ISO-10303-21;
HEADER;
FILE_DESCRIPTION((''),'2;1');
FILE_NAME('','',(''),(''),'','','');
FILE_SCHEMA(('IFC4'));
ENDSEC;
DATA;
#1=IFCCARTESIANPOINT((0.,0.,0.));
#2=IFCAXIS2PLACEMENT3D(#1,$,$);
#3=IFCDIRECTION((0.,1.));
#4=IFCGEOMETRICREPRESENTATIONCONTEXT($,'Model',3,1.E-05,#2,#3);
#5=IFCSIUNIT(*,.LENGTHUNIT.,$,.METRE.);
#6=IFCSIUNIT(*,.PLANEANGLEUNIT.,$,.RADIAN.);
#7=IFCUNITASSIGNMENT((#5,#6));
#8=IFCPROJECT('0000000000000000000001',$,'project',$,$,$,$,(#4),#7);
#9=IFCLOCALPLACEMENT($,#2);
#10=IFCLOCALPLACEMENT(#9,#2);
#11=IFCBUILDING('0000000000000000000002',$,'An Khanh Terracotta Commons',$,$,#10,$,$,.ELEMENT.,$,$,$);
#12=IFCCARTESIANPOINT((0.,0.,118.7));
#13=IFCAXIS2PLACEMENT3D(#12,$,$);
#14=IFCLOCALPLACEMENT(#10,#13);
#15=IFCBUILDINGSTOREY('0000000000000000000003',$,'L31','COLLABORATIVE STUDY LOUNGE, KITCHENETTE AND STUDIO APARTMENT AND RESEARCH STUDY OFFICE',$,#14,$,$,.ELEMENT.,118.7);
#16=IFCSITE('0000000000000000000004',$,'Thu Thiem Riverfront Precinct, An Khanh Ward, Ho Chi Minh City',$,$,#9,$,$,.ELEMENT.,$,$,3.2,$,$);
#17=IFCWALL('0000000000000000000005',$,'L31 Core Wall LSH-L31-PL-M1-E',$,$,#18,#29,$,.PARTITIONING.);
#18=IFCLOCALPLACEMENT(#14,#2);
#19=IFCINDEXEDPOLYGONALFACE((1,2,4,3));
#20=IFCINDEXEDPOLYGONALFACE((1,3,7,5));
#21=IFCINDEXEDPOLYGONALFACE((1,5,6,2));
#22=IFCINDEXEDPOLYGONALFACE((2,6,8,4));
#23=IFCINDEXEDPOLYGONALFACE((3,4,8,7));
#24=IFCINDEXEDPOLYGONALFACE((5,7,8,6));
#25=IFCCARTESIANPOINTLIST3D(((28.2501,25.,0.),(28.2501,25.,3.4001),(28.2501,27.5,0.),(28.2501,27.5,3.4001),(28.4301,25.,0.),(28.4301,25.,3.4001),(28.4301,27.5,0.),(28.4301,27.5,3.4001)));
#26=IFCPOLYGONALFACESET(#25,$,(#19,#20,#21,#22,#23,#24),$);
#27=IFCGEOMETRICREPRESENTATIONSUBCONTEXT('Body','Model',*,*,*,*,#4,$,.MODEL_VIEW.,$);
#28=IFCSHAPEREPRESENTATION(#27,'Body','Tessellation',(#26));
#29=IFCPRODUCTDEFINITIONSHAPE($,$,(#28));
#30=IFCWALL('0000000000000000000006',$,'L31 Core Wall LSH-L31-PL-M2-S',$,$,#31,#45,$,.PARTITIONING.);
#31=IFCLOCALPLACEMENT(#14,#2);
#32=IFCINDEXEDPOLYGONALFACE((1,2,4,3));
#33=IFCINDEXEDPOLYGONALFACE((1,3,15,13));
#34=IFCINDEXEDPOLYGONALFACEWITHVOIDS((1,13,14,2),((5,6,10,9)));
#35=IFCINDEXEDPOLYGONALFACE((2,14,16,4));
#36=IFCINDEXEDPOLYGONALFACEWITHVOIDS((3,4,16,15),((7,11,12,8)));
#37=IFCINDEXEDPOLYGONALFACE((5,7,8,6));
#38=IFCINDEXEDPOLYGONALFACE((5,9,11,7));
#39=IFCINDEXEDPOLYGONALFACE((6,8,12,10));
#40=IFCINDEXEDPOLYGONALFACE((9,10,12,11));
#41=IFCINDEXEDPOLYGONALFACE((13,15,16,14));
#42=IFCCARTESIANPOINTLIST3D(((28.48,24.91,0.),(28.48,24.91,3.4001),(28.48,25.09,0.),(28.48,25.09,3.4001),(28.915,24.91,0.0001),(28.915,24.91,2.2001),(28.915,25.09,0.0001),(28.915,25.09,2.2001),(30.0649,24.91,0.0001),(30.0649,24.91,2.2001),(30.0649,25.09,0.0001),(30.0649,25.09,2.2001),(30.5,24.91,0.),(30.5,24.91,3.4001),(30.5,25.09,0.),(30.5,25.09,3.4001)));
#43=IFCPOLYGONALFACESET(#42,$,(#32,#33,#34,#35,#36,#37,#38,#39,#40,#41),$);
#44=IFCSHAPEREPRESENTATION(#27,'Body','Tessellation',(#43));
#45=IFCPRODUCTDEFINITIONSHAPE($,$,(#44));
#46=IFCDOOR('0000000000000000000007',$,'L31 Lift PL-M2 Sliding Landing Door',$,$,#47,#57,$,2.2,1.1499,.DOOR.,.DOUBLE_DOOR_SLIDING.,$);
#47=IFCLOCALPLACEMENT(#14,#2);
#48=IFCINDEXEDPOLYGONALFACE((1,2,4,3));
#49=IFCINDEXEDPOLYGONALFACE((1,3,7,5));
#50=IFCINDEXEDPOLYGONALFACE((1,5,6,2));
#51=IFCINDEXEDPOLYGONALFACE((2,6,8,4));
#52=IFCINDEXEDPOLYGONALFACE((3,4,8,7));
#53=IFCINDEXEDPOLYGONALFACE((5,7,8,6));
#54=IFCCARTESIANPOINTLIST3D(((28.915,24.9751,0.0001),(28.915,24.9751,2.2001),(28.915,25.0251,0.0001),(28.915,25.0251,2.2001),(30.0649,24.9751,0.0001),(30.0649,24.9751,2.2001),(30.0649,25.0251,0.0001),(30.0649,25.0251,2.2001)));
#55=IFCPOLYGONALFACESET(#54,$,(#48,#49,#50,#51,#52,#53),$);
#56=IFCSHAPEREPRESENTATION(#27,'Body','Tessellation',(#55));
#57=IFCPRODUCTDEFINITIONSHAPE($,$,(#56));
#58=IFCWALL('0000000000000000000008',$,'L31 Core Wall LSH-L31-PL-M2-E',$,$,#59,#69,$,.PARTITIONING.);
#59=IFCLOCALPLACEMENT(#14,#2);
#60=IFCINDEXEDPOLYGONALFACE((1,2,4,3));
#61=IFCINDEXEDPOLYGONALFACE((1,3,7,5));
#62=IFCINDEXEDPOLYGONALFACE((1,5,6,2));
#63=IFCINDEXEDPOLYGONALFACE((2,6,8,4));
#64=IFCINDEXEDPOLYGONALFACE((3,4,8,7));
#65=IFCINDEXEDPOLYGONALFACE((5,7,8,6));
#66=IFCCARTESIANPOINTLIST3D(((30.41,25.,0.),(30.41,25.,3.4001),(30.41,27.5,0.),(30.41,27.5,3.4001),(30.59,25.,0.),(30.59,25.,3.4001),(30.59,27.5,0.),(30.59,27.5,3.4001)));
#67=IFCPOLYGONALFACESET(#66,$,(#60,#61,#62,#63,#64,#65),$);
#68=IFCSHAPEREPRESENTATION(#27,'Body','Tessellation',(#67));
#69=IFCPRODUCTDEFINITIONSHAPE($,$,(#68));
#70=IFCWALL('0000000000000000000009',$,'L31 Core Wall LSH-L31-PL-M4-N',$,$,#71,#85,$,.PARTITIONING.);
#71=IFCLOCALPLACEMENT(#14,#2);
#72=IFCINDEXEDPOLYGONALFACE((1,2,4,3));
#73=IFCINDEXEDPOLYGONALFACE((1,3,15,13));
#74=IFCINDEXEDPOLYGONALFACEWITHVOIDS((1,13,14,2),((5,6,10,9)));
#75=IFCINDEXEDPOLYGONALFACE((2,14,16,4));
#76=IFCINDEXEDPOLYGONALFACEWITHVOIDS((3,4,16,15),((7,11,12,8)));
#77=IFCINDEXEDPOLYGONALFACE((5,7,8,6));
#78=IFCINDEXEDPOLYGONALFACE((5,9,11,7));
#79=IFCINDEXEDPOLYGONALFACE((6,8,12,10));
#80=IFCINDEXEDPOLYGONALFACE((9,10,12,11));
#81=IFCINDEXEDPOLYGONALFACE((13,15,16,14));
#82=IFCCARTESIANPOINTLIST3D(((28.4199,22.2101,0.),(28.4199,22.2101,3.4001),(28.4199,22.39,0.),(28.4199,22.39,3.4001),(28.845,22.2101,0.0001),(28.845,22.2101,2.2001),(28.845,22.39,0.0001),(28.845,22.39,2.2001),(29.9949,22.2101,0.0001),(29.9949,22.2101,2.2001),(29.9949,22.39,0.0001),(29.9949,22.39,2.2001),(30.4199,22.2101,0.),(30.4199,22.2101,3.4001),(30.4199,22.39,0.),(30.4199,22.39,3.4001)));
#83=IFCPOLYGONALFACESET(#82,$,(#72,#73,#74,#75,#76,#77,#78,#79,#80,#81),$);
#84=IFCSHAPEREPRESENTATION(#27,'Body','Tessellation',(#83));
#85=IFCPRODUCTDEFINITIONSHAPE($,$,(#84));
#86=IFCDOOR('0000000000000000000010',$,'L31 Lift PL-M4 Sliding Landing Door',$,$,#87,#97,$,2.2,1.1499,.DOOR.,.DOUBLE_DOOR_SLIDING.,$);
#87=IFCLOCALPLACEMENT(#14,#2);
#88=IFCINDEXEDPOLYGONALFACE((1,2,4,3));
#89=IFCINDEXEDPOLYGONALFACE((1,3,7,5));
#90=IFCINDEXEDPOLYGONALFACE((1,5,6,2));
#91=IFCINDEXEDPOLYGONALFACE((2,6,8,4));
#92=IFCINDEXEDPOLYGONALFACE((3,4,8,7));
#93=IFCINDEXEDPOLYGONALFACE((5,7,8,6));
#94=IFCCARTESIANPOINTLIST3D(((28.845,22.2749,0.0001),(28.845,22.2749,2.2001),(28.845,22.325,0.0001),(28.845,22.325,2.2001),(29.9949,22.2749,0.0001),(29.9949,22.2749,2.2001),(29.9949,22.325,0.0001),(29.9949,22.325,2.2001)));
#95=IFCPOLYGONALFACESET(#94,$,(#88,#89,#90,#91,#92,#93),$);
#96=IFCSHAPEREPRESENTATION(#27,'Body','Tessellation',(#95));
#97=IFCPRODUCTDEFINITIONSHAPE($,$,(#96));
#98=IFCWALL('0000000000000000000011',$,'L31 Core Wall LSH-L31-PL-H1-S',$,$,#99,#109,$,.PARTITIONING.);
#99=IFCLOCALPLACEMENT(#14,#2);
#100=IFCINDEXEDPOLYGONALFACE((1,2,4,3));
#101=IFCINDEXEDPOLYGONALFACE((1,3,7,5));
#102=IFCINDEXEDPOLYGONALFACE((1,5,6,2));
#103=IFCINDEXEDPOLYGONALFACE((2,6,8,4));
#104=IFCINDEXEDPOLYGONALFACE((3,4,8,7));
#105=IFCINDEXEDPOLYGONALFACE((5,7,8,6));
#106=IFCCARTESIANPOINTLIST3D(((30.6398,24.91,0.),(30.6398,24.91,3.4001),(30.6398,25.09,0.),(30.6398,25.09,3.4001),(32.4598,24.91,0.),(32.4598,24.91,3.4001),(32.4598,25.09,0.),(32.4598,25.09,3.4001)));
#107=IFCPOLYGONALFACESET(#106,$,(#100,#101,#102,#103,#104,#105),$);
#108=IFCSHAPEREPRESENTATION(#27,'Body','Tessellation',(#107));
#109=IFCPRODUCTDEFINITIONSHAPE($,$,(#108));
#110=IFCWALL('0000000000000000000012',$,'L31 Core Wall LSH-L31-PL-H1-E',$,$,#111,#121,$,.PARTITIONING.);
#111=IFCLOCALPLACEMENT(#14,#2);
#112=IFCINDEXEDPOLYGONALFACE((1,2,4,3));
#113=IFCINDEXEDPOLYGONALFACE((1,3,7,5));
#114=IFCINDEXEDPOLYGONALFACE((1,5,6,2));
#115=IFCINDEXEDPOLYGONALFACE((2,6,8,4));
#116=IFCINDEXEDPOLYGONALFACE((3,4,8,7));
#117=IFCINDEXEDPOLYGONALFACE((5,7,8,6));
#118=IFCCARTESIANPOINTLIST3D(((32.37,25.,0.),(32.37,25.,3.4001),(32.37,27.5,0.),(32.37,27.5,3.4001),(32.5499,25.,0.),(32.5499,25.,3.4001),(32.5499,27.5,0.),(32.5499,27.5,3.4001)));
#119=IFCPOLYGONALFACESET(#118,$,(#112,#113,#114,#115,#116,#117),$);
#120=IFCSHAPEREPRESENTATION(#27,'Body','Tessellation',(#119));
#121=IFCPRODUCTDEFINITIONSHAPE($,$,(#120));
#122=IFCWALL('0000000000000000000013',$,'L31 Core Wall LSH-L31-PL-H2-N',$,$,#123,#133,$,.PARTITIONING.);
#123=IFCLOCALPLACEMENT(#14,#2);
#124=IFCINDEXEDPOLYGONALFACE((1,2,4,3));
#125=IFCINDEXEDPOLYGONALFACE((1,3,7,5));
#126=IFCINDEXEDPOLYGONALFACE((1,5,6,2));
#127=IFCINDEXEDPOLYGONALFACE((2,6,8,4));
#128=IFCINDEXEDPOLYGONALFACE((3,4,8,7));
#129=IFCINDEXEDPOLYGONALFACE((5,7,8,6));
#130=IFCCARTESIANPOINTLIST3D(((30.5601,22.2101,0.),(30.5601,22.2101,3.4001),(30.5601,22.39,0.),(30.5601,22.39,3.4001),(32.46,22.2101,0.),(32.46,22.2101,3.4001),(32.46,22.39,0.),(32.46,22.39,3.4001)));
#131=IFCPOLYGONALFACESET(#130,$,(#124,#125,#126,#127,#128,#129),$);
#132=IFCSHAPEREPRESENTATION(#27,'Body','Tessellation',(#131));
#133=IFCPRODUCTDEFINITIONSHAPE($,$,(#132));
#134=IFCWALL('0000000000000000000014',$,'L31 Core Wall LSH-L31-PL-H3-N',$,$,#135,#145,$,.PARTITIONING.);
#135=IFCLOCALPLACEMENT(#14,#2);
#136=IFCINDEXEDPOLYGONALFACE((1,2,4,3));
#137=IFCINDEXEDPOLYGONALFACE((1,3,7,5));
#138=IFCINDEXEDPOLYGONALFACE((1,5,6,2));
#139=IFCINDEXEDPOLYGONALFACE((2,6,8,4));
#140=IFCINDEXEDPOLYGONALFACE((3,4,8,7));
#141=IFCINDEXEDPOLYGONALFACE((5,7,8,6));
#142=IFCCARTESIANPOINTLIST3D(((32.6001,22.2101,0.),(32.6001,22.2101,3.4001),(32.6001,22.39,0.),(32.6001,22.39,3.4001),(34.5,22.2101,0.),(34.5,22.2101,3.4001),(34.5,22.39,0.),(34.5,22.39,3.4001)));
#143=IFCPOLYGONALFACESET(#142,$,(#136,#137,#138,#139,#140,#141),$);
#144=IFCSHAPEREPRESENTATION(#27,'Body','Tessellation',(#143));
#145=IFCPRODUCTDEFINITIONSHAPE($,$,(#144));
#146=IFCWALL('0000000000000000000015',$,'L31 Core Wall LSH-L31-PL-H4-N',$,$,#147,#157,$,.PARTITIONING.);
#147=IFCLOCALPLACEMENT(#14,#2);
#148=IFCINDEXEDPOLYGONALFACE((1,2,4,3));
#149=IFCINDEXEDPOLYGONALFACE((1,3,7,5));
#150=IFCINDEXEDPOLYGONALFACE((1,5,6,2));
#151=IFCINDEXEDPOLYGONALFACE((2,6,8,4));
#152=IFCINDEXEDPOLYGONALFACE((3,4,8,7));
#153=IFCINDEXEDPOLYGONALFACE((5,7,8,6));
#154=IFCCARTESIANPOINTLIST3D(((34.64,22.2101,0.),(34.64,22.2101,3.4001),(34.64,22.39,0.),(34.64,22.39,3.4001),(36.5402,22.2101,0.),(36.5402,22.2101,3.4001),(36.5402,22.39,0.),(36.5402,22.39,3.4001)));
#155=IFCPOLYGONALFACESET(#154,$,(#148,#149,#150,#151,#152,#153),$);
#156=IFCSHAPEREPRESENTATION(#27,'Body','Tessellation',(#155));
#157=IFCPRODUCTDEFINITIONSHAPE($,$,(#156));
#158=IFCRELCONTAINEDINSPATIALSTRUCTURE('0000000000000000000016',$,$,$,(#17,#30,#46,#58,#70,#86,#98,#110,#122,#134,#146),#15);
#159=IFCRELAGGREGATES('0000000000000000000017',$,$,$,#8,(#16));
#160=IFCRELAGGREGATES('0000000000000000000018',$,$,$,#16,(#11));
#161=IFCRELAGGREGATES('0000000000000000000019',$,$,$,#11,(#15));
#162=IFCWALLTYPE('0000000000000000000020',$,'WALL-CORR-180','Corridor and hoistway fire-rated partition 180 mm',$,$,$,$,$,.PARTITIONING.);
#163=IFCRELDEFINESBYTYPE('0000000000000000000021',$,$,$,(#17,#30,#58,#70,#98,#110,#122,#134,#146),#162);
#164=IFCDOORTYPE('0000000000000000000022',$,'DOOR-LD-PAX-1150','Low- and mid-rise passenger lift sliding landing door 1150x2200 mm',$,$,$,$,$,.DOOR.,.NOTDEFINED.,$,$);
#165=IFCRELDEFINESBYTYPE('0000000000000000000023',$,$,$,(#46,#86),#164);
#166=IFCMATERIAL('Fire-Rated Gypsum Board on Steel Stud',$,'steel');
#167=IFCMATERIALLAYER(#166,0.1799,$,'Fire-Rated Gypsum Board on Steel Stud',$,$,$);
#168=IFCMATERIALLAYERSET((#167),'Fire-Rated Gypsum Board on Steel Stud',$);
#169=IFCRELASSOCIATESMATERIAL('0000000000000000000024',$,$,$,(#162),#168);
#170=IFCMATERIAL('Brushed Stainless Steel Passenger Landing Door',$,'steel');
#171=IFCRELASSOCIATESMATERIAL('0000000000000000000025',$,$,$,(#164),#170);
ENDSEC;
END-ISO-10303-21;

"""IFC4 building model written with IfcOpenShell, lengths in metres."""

from ifc_helpers import new_model, si_unit, direction, frame, frame_2d, origin, place, context, subcontext, project, spatial, rectangle, extrude, material, layer, layer_set, type_object, element, fill, save


model = new_model("IFC4")

# Units and contexts
model_context = context("Model", 3, precision=1e-05, world=origin(), true_north=direction((0.0, 1.0)))
body_context = subcontext(model_context, "Body", "Model", "MODEL_VIEW")
ifc_project = project(units=[si_unit("LENGTHUNIT", "METRE"), si_unit("PLANEANGLEUNIT", "RADIAN")], contexts=[model_context])

# Site, building, storey
site_placement = place(None, origin())
site = spatial("IfcSite", under=ifc_project, at=site_placement, Name="Thu Thiem Riverfront Precinct, An Khanh Ward, Ho Chi Minh City", CompositionType="ELEMENT", RefElevation=3.2)
building_placement = place(site_placement, origin())
building = spatial("IfcBuilding", under=site, at=building_placement, Name="An Khanh Terracotta Commons", CompositionType="ELEMENT")
storey_placement = place(building_placement, frame((0.0, 0.0, 118.7)))
storey = spatial("IfcBuildingStorey", under=building, at=storey_placement, Name="L31", Description="COLLABORATIVE STUDY LOUNGE, KITCHENETTE AND STUDIO APARTMENT AND RESEARCH STUDY OFFICE", CompositionType="ELEMENT", Elevation=118.7)

# Shared definitions
ifc_material_1 = material(Name="Fire-Rated Gypsum Board on Steel Stud", Category="steel")
ifc_layer = layer(ifc_material_1, 0.1799, Name="Fire-Rated Gypsum Board on Steel Stud")
ifc_layer_set = layer_set([ifc_layer], Name="Fire-Rated Gypsum Board on Steel Stud")
wall_type = type_object("IfcWallType", Name="WALL-CORR-180", Description="Corridor and hoistway fire-rated partition 180 mm", PredefinedType="PARTITIONING", material=ifc_layer_set)

# Shared definitions
ifc_material_2 = material(Name="Brushed Stainless Steel Passenger Landing Door", Category="steel")
door_type = type_object("IfcDoorType", Name="DOOR-LD-PAX-1150", Description="Low- and mid-rise passenger lift sliding landing door 1150x2200 mm", OperationType="NOTDEFINED", PredefinedType="DOOR", material=ifc_material_2)

# Wall
wall_1_placement = place(storey_placement, frame((28.3401, 25.0, 0.0), z_axis=(0.0, 0.0, 1.0), x_axis=(0.0, 1.0, 0.0)))
element("IfcWall", 1, at=wall_1_placement, inside=storey, type_object=wall_type, Name="L31 Core Wall LSH-L31-PL-M1-E", PredefinedType="PARTITIONING", context=body_context, shape_type="SweptSolid", body=[
    extrude(rectangle(XDim=2.5, YDim=0.1799, at=frame_2d((1.25, 0.0))), origin(), (0.0, 0.0, 1.0), 3.4001),
])

# Wall, opening, door
wall_2_placement = place(storey_placement, frame((30.5, 25.0, 0.0), z_axis=(0.0, 0.0, 1.0), x_axis=(-1.0, 0.0, 0.0)))
wall_2 = element("IfcWall", 2, at=wall_2_placement, inside=storey, type_object=wall_type, Name="L31 Core Wall LSH-L31-PL-M2-S", PredefinedType="PARTITIONING", context=body_context, shape_type="SweptSolid", body=[
    extrude(rectangle(XDim=2.02, YDim=0.1799, at=frame_2d((1.01, 0.0))), origin(), (0.0, 0.0, 1.0), 3.4001),
])
opening_1_placement = place(wall_2_placement, frame((0.4351, 0.0, 0.0)))
opening_1 = element("IfcOpeningElement", 3, at=opening_1_placement, cuts=wall_2, PredefinedType="OPENING", context=body_context, shape_type="SweptSolid", body=[
    extrude(rectangle(XDim=1.1499, YDim=2.2, at=frame_2d((0.575, 1.1001))), frame((0.0, 0.0999, 0.0), z_axis=(0.0, -1.0, 0.0), x_axis=(1.0, 0.0, 0.0)), (0.0, 0.0, 1.0), 0.2),
])
door_1_placement = place(opening_1_placement, origin())
door_1 = element("IfcDoor", 4, at=door_1_placement, inside=storey, type_object=door_type, Name="L31 Lift PL-M2 Sliding Landing Door", OperationType="DOUBLE_DOOR_SLIDING", OverallHeight=2.2, OverallWidth=1.1499, PredefinedType="DOOR", context=body_context, shape_type="SweptSolid", body=[
    extrude(rectangle(XDim=1.1499, YDim=2.2, at=frame_2d((0.575, 1.1001))), frame((0.0, 0.0249, 0.0), z_axis=(0.0, -1.0, 0.0), x_axis=(1.0, 0.0, 0.0)), (0.0, 0.0, 1.0), 0.05),
])
fill(opening_1, door_1)

# Wall
wall_3_placement = place(storey_placement, frame((30.5, 25.0, 0.0), z_axis=(0.0, 0.0, 1.0), x_axis=(0.0, 1.0, 0.0)))
element("IfcWall", 5, at=wall_3_placement, inside=storey, type_object=wall_type, Name="L31 Core Wall LSH-L31-PL-M2-E", PredefinedType="PARTITIONING", context=body_context, shape_type="SweptSolid", body=[
    extrude(rectangle(XDim=2.5, YDim=0.1799, at=frame_2d((1.25, 0.0))), origin(), (0.0, 0.0, 1.0), 3.4001),
])

# Wall, opening, door
wall_4_placement = place(storey_placement, frame((28.4199, 22.3, 0.0), z_axis=(0.0, 0.0, 1.0), x_axis=(1.0, 0.0, 0.0)))
wall_4 = element("IfcWall", 6, at=wall_4_placement, inside=storey, type_object=wall_type, Name="L31 Core Wall LSH-L31-PL-M4-N", PredefinedType="PARTITIONING", context=body_context, shape_type="SweptSolid", body=[
    extrude(rectangle(XDim=2.0, YDim=0.1799, at=frame_2d((1.0, 0.0))), origin(), (0.0, 0.0, 1.0), 3.4001),
])
opening_2_placement = place(wall_4_placement, frame((0.425, 0.0, 0.0)))
opening_2 = element("IfcOpeningElement", 7, at=opening_2_placement, cuts=wall_4, PredefinedType="OPENING", context=body_context, shape_type="SweptSolid", body=[
    extrude(rectangle(XDim=1.1499, YDim=2.2, at=frame_2d((0.575, 1.1001))), frame((0.0, 0.0999, 0.0), z_axis=(0.0, -1.0, 0.0), x_axis=(1.0, 0.0, 0.0)), (0.0, 0.0, 1.0), 0.2),
])
door_2_placement = place(opening_2_placement, origin())
door_2 = element("IfcDoor", 8, at=door_2_placement, inside=storey, type_object=door_type, Name="L31 Lift PL-M4 Sliding Landing Door", OperationType="DOUBLE_DOOR_SLIDING", OverallHeight=2.2, OverallWidth=1.1499, PredefinedType="DOOR", context=body_context, shape_type="SweptSolid", body=[
    extrude(rectangle(XDim=1.1499, YDim=2.2, at=frame_2d((0.575, 1.1001))), frame((0.0, 0.0249, 0.0), z_axis=(0.0, -1.0, 0.0), x_axis=(1.0, 0.0, 0.0)), (0.0, 0.0, 1.0), 0.05),
])
fill(opening_2, door_2)

# Walls
wall_5_placement = place(storey_placement, frame((32.46, 25.0, 0.0), z_axis=(0.0, 0.0, 1.0), x_axis=(-1.0, 0.0, 0.0)))
element("IfcWall", 9, at=wall_5_placement, inside=storey, type_object=wall_type, Name="L31 Core Wall LSH-L31-PL-H1-S", PredefinedType="PARTITIONING", context=body_context, shape_type="SweptSolid", body=[
    extrude(rectangle(XDim=1.8201, YDim=0.1799, at=frame_2d((0.9102, 0.0))), origin(), (0.0, 0.0, 1.0), 3.4001),
])
wall_6_placement = place(storey_placement, frame((32.46, 25.0, 0.0), z_axis=(0.0, 0.0, 1.0), x_axis=(0.0, 1.0, 0.0)))
element("IfcWall", 10, at=wall_6_placement, inside=storey, type_object=wall_type, Name="L31 Core Wall LSH-L31-PL-H1-E", PredefinedType="PARTITIONING", context=body_context, shape_type="SweptSolid", body=[
    extrude(rectangle(XDim=2.5, YDim=0.1799, at=frame_2d((1.25, 0.0))), origin(), (0.0, 0.0, 1.0), 3.4001),
])
for number, where, z_axis, x_axis, name in (
    (11, (30.5601, 22.3, 0.0), (0.0, 0.0, 1.0), (1.0, 0.0, 0.0), "L31 Core Wall LSH-L31-PL-H2-N"),
    (12, (32.6001, 22.3, 0.0), (0.0, 0.0, 1.0), (1.0, 0.0, 0.0), "L31 Core Wall LSH-L31-PL-H3-N"),
):
    element("IfcWall", number, at=place(storey_placement, frame(where, z_axis=z_axis, x_axis=x_axis)), inside=storey, type_object=wall_type, Name=name, PredefinedType="PARTITIONING", context=body_context, shape_type="SweptSolid", body=[
        extrude(rectangle(XDim=1.8999, YDim=0.1799, at=frame_2d((0.95, 0.0))), origin(), (0.0, 0.0, 1.0), 3.4001),
    ])
wall_7_placement = place(storey_placement, frame((34.6399, 22.3, 0.0), z_axis=(0.0, 0.0, 1.0), x_axis=(1.0, 0.0, 0.0)))
element("IfcWall", 13, at=wall_7_placement, inside=storey, type_object=wall_type, Name="L31 Core Wall LSH-L31-PL-H4-N", PredefinedType="PARTITIONING", context=body_context, shape_type="SweptSolid", body=[
    extrude(rectangle(XDim=1.9001, YDim=0.1799, at=frame_2d((0.9502, 0.0))), origin(), (0.0, 0.0, 1.0), 3.4001),
])

save(model, "model.ifc")
